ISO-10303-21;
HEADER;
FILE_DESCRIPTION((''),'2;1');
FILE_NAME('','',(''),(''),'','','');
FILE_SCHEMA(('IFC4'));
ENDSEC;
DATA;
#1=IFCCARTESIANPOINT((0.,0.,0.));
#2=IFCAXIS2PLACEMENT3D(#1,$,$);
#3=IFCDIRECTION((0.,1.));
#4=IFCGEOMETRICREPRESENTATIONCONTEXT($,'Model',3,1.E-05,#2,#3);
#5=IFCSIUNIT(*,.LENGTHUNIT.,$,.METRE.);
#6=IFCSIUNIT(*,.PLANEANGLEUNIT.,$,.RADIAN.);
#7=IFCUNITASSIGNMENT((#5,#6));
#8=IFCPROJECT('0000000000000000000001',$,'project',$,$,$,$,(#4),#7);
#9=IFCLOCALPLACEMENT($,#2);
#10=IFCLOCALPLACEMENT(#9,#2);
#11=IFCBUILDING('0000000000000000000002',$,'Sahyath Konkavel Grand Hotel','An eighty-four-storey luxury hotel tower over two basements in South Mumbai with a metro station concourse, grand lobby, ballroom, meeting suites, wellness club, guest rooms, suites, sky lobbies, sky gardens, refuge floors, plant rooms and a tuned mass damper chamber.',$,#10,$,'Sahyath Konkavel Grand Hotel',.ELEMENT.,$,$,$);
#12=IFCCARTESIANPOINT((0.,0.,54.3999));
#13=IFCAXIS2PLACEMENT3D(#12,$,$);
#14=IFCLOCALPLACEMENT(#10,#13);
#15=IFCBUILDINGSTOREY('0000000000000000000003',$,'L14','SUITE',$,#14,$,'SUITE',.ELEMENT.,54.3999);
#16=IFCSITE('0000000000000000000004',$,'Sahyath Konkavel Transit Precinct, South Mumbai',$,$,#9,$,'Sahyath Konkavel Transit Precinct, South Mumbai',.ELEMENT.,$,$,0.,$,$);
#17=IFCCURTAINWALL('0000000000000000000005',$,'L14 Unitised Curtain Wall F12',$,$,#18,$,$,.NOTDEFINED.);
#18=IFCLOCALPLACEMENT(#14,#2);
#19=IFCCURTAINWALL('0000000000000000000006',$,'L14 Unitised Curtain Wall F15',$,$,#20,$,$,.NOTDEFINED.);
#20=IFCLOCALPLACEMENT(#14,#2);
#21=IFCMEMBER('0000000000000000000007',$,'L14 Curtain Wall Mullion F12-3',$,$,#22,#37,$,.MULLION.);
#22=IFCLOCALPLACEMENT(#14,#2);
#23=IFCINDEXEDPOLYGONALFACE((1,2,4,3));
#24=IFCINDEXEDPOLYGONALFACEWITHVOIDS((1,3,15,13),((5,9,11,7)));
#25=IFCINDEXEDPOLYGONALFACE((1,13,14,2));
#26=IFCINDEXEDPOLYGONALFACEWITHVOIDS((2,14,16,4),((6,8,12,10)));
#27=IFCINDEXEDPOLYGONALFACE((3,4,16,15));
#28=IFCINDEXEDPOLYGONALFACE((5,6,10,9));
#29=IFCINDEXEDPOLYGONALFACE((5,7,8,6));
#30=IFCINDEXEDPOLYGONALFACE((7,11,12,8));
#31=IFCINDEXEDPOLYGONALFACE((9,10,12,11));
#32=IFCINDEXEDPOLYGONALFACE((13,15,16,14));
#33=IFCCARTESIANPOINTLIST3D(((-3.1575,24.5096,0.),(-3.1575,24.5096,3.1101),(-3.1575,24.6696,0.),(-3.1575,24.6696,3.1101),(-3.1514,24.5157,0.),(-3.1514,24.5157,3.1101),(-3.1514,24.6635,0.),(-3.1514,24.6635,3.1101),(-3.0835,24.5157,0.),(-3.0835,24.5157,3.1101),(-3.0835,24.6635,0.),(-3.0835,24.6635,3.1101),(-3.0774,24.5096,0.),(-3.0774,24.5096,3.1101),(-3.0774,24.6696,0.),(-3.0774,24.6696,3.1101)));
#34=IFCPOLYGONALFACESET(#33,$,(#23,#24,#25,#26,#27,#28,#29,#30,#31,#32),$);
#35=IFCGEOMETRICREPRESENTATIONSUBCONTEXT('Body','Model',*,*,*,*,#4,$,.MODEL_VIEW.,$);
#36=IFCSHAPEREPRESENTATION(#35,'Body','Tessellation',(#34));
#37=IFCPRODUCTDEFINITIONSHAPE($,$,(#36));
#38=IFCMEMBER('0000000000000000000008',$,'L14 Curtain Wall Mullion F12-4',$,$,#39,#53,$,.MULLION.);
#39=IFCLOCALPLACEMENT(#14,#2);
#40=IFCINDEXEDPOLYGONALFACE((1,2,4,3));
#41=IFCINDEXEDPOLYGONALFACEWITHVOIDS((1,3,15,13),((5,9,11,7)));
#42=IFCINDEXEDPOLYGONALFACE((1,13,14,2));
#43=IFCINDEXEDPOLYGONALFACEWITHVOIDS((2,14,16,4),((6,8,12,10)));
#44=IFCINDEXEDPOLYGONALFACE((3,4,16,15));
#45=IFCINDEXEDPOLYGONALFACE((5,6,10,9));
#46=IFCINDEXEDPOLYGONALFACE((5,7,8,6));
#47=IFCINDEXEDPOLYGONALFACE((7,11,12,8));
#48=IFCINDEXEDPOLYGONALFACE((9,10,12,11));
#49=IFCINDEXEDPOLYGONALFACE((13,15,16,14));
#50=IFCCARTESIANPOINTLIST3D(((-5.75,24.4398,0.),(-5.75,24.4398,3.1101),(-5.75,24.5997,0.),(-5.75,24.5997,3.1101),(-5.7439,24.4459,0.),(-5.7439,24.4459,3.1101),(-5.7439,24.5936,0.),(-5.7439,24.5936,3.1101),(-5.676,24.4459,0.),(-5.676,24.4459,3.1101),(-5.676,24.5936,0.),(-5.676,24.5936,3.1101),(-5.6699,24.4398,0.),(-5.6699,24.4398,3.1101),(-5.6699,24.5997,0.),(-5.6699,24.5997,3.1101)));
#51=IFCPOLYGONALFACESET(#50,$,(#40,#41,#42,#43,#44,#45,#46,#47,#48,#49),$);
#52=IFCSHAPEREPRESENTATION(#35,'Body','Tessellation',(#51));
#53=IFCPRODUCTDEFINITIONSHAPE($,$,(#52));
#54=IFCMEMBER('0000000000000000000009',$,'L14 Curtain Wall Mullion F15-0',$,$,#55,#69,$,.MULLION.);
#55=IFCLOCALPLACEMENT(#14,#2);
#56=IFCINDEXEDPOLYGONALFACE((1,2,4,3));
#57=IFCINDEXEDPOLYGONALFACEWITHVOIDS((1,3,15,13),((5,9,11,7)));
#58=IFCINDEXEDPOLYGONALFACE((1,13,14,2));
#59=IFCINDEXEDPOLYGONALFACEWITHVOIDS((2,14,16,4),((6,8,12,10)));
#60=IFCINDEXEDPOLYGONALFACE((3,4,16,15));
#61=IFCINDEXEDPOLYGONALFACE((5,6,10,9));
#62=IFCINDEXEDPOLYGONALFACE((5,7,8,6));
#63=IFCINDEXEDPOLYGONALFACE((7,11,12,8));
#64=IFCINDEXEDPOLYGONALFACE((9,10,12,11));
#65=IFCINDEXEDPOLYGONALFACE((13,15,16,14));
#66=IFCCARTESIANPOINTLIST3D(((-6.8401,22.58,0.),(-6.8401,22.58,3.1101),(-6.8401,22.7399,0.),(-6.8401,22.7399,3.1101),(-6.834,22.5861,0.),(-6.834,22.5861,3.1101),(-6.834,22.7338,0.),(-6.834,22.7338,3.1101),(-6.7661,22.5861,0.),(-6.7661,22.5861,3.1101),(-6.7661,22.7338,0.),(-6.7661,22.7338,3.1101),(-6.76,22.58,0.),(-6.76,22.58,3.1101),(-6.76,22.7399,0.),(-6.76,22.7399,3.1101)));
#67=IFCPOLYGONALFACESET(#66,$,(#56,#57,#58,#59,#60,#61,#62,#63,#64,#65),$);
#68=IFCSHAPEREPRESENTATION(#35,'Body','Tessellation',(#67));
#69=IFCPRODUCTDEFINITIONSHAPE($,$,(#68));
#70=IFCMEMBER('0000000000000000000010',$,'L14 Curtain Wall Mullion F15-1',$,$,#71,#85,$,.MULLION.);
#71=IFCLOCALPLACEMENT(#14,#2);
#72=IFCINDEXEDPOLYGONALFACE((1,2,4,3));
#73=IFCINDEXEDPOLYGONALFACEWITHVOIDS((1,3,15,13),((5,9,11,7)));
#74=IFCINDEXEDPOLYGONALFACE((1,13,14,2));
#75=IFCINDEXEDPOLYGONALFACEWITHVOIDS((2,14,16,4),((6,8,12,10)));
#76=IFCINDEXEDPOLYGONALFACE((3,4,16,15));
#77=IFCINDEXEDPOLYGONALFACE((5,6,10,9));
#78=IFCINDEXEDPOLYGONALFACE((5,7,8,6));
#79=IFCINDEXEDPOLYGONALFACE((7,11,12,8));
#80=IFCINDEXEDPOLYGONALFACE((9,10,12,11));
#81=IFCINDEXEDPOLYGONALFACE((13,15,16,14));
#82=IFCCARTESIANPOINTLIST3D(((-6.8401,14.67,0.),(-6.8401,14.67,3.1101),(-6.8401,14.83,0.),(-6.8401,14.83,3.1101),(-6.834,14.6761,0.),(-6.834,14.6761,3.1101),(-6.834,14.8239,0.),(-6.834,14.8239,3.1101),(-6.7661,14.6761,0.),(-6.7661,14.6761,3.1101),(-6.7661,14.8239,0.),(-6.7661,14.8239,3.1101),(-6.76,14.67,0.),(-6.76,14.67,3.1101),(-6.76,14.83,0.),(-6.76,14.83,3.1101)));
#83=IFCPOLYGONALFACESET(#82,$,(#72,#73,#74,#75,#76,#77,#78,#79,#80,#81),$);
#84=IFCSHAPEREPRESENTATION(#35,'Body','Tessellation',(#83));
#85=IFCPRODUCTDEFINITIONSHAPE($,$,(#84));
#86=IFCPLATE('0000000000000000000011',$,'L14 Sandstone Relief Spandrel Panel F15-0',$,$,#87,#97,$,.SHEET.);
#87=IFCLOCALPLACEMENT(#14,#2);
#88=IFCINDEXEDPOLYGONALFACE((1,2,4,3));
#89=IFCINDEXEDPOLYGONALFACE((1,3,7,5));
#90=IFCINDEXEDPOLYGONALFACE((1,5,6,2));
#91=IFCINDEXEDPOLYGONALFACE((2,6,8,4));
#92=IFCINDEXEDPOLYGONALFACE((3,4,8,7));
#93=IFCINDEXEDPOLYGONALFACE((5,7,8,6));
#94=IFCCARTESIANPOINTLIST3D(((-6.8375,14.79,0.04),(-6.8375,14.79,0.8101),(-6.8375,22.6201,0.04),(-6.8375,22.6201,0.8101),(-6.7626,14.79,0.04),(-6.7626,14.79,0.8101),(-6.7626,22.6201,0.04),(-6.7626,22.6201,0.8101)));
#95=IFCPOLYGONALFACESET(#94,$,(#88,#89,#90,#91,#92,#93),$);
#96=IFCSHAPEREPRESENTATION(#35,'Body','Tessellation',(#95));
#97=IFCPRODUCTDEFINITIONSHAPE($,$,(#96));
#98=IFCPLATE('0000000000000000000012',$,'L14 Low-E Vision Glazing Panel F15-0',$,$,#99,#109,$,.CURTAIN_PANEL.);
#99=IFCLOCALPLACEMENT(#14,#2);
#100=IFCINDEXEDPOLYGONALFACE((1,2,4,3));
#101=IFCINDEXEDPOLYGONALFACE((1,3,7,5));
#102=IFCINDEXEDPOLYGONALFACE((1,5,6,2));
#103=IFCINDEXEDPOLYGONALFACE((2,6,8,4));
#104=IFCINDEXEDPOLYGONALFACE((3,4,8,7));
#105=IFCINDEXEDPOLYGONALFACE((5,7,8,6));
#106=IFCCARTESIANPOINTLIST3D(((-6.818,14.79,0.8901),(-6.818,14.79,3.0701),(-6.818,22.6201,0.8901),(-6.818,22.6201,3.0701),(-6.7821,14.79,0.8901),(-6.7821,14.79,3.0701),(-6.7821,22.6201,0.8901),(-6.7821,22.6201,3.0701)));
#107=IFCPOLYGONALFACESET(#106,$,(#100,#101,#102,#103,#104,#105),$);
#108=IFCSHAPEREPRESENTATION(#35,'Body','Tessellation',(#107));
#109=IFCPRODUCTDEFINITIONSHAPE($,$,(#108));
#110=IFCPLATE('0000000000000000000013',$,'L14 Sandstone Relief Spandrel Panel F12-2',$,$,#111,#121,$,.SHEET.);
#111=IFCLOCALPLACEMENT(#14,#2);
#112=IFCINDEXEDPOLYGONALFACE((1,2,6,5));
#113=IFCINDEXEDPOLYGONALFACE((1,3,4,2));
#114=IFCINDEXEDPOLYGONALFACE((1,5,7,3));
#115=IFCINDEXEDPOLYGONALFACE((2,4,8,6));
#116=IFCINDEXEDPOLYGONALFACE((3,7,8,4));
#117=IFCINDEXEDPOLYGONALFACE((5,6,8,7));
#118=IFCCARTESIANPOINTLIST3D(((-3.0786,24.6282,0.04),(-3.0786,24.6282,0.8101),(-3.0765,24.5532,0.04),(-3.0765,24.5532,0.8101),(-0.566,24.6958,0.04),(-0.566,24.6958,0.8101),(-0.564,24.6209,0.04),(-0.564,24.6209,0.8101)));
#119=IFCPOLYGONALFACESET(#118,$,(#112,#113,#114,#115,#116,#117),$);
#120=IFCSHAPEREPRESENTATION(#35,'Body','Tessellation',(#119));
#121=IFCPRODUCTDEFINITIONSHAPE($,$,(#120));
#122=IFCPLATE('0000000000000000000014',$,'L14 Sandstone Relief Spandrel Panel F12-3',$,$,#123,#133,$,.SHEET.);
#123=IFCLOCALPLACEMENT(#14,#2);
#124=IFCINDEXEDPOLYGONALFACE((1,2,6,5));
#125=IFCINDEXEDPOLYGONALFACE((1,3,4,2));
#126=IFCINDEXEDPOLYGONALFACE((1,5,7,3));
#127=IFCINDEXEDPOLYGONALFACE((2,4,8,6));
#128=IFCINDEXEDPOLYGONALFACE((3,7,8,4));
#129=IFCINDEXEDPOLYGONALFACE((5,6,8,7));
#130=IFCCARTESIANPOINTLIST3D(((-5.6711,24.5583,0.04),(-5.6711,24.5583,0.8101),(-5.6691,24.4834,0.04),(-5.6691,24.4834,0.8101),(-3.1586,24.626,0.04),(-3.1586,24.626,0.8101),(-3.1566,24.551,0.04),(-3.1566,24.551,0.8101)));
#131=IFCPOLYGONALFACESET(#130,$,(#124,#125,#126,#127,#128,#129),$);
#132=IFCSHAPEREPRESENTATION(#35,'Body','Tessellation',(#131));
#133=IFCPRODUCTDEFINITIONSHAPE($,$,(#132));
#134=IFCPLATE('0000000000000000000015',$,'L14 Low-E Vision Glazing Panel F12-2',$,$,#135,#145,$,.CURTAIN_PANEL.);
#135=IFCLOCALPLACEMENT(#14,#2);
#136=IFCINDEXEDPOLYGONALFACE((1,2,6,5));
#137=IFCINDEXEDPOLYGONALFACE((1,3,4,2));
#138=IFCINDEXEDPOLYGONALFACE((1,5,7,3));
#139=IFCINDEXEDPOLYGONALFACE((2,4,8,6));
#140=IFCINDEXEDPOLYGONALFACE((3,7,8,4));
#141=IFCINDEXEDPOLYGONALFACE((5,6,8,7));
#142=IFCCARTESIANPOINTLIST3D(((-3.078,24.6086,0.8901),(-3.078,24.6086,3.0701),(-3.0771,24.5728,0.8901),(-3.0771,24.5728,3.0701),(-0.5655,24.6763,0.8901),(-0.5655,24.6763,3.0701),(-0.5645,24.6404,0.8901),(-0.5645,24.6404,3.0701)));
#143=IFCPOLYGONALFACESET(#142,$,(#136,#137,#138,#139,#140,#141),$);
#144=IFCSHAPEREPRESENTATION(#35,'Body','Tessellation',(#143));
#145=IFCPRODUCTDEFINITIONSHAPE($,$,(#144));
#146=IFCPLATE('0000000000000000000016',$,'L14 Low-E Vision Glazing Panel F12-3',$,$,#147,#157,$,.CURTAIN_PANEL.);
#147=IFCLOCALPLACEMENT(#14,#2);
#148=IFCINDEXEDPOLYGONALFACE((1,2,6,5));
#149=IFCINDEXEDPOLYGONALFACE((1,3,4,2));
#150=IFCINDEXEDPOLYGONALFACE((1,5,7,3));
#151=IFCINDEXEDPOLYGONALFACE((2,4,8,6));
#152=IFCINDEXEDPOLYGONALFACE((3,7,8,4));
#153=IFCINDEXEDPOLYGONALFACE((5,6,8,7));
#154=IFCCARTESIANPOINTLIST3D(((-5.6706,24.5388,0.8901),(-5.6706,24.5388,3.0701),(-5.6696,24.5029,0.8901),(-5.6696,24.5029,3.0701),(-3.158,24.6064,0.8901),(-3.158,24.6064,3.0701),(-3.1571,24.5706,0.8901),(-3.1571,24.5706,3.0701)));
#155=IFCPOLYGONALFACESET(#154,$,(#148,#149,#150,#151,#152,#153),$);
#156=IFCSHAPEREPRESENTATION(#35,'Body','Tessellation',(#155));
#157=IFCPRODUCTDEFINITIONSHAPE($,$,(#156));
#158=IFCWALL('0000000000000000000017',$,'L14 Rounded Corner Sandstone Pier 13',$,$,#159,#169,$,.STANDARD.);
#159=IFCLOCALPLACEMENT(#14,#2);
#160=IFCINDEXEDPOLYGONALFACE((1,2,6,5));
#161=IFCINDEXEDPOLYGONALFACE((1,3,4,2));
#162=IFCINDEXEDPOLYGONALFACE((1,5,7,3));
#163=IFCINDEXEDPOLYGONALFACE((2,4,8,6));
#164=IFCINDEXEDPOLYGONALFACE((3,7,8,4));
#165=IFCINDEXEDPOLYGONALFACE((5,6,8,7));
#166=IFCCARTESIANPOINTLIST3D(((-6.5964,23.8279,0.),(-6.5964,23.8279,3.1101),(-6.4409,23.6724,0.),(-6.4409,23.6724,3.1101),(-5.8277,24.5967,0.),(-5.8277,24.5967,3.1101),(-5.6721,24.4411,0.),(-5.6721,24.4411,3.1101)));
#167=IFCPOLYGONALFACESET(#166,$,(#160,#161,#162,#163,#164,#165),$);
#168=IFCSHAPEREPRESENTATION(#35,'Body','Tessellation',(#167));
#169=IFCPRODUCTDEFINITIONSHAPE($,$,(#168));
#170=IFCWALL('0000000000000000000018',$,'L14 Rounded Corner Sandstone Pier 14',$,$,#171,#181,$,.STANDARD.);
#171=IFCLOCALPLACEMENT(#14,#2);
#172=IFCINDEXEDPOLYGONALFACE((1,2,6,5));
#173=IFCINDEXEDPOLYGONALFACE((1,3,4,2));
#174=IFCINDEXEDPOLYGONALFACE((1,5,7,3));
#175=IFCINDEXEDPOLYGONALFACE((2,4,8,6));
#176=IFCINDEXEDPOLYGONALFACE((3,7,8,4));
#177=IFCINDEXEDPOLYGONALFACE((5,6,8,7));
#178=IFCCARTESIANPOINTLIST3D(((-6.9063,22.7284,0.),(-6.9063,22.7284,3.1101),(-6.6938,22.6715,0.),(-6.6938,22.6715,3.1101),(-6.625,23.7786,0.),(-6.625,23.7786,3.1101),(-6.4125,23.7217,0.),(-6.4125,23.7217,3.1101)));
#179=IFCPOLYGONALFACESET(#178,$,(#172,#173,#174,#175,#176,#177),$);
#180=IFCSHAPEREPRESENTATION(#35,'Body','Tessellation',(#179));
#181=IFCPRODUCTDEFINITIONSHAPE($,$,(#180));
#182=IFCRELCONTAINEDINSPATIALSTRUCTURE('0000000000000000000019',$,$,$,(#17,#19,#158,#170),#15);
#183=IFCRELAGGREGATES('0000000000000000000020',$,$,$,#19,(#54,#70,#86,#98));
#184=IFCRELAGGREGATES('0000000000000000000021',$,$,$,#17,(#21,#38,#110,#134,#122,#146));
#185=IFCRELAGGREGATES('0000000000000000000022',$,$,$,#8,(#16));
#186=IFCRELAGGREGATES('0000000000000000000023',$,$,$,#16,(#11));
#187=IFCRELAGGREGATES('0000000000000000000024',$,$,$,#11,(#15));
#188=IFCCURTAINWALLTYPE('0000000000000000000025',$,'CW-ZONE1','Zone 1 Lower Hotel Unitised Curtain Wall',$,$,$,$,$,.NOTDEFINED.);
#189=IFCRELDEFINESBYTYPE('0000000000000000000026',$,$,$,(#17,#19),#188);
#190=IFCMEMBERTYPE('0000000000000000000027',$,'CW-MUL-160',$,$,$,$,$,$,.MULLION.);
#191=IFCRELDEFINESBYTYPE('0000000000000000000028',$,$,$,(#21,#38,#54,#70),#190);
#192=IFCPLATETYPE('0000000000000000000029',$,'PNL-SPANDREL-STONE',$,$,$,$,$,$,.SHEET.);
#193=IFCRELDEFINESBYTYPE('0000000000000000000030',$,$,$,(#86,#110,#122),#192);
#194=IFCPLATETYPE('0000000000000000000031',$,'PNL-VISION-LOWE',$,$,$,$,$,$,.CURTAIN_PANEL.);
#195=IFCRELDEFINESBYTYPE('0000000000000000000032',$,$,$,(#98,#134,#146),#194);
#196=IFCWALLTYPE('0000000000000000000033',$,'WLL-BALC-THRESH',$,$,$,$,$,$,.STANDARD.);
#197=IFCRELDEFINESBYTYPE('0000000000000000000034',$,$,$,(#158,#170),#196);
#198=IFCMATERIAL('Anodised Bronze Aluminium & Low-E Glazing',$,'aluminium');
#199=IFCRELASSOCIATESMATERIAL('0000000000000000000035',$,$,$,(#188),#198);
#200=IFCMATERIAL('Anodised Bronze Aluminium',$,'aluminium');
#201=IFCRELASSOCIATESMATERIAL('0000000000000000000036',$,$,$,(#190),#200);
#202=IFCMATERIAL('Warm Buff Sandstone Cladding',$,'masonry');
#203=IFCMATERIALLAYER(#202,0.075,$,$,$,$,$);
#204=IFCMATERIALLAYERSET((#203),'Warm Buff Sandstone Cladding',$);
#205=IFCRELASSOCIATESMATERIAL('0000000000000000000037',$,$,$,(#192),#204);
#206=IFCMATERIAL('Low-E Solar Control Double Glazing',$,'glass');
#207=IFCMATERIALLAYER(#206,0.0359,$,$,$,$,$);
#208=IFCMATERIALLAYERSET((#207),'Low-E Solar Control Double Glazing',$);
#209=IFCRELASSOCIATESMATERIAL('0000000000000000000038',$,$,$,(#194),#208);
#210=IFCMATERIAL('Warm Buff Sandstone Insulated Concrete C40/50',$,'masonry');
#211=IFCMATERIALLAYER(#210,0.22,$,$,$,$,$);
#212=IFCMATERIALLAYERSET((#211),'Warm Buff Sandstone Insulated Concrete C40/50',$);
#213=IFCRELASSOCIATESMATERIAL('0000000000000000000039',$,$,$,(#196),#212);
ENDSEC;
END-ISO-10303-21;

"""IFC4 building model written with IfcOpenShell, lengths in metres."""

from ifc_helpers import new_model, si_unit, direction, frame, frame_2d, origin, origin_2d, place, context, subcontext, project, spatial, rectangle, hollow_rectangle, extrude, source, transform, mapped, material, layer, layer_set, material_profile, profile_set, type_object, element, aggregate, save


model = new_model("IFC4")

# Units and contexts
model_context = context("Model", 3, precision=1e-05, world=origin(), true_north=direction((0.0, 1.0)))
body_context = subcontext(model_context, "Body", "Model", "MODEL_VIEW")
ifc_project = project(units=[si_unit("LENGTHUNIT", "METRE"), si_unit("PLANEANGLEUNIT", "RADIAN")], contexts=[model_context])

# Site, building, storey
site_placement = place(None, origin())
site = spatial("IfcSite", under=ifc_project, at=site_placement, Name="Sahyath Konkavel Transit Precinct, South Mumbai", LongName="Sahyath Konkavel Transit Precinct, South Mumbai", CompositionType="ELEMENT", RefElevation=0.0)
building_placement = place(site_placement, origin())
building = spatial("IfcBuilding", under=site, at=building_placement, Name="Sahyath Konkavel Grand Hotel", Description="An eighty-four-storey luxury hotel tower over two basements in South Mumbai with a metro station concourse, grand lobby, ballroom, meeting suites, wellness club, guest rooms, suites, sky lobbies, sky gardens, refuge floors, plant rooms and a tuned mass damper chamber.", LongName="Sahyath Konkavel Grand Hotel", CompositionType="ELEMENT")
storey_placement = place(building_placement, frame((0.0, 0.0, 54.3999)))
storey = spatial("IfcBuildingStorey", under=building, at=storey_placement, Name="L14", Description="SUITE", LongName="SUITE", CompositionType="ELEMENT", Elevation=54.3999)

# Curtain wall
ifc_material_1 = material(Name="Anodised Bronze Aluminium & Low-E Glazing", Category="aluminium")
curtain_wall_type = type_object("IfcCurtainWallType", Name="CW-ZONE1", Description="Zone 1 Lower Hotel Unitised Curtain Wall", PredefinedType="NOTDEFINED", material=ifc_material_1)
curtain_wall_1_placement = place(storey_placement, origin())
curtain_wall_1 = element("IfcCurtainWall", 1, at=curtain_wall_1_placement, inside=storey, type_object=curtain_wall_type, Name="L14 Unitised Curtain Wall F12", PredefinedType="NOTDEFINED")

# Curtain wall
curtain_wall_2_placement = place(storey_placement, origin())
curtain_wall_2 = element("IfcCurtainWall", 2, at=curtain_wall_2_placement, inside=storey, type_object=curtain_wall_type, Name="L14 Unitised Curtain Wall F15", PredefinedType="NOTDEFINED")
ifc_material_2 = material(Name="Anodised Bronze Aluminium", Category="aluminium")

# Members
ifc_material_profile_1 = material_profile(ifc_material_2, hollow_rectangle(XDim=0.0801, YDim=0.1599, WallThickness=0.0061, at=origin_2d()), Name="RHS 160x80x6")
ifc_profile_set_1 = profile_set([ifc_material_profile_1], Name="Anodised Bronze Aluminium")
member_type_1 = type_object("IfcMemberType", Name="CW-MUL-160", PredefinedType="MULLION", material=ifc_profile_set_1)
shared_shape_1 = source(origin(), body_context, "Body", "SweptSolid", [
    extrude(hollow_rectangle(XDim=0.0801, YDim=0.1599, WallThickness=0.0061, at=origin_2d()), origin(), (0.0, 0.0, 1.0), 3.1101),
])
member_1_placement = place(storey_placement, frame((-3.1174, 24.5896, 0.0), z_axis=(0.0, 0.0, 1.0), x_axis=(1.0, 0.0, 0.0)))
member_1 = element("IfcMember", 3, at=member_1_placement, type_object=member_type_1, Name="L14 Curtain Wall Mullion F12-3", PredefinedType="MULLION", context=body_context, shape_type="MappedRepresentation", body=[
    mapped(shared_shape_1, transform((0.0, 0.0, 0.0), scale=1.0)),
])
member_2_placement = place(storey_placement, frame((-5.71, 24.5198, 0.0), z_axis=(0.0, 0.0, 1.0), x_axis=(1.0, 0.0, 0.0)))
member_2 = element("IfcMember", 4, at=member_2_placement, type_object=member_type_1, Name="L14 Curtain Wall Mullion F12-4", PredefinedType="MULLION", context=body_context, shape_type="MappedRepresentation", body=[
    mapped(shared_shape_1, transform((0.0, 0.0, 0.0), scale=1.0)),
])
member_3_placement = place(storey_placement, frame((-6.8, 22.6599, 0.0), z_axis=(0.0, 0.0, 1.0), x_axis=(1.0, 0.0, 0.0)))
member_3 = element("IfcMember", 5, at=member_3_placement, type_object=member_type_1, Name="L14 Curtain Wall Mullion F15-0", PredefinedType="MULLION", context=body_context, shape_type="MappedRepresentation", body=[
    mapped(shared_shape_1, transform((0.0, 0.0, 0.0), scale=1.0)),
])
member_4_placement = place(storey_placement, frame((-6.8, 14.75, 0.0), z_axis=(0.0, 0.0, 1.0), x_axis=(1.0, 0.0, 0.0)))
member_4 = element("IfcMember", 6, at=member_4_placement, type_object=member_type_1, Name="L14 Curtain Wall Mullion F15-1", PredefinedType="MULLION", context=body_context, shape_type="MappedRepresentation", body=[
    mapped(shared_shape_1, transform((0.0, 0.0, 0.0), scale=1.0)),
])

# Plates
ifc_material_3 = material(Name="Warm Buff Sandstone Cladding", Category="masonry")
ifc_layer_1 = layer(ifc_material_3, 0.075)
ifc_layer_set_1 = layer_set([ifc_layer_1], Name="Warm Buff Sandstone Cladding")
plate_type_1 = type_object("IfcPlateType", Name="PNL-SPANDREL-STONE", PredefinedType="SHEET", material=ifc_layer_set_1)
shared_shape_2 = source(origin(), body_context, "Body", "SweptSolid", [
    extrude(rectangle(XDim=7.8301, YDim=0.075, at=origin_2d()), origin(), (0.0, 0.0, 1.0), 0.77),
])
plate_1_placement = place(storey_placement, frame((-6.8, 18.7051, 0.04), z_axis=(0.0, 0.0, 1.0), x_axis=(0.0, -1.0, 0.0)))
plate_1 = element("IfcPlate", 7, at=plate_1_placement, type_object=plate_type_1, Name="L14 Sandstone Relief Spandrel Panel F15-0", PredefinedType="SHEET", context=body_context, shape_type="MappedRepresentation", body=[
    mapped(shared_shape_2, transform((0.0, 0.0, 0.0), scale=1.0)),
])
ifc_material_4 = material(Name="Low-E Solar Control Double Glazing", Category="glass")
ifc_layer_2 = layer(ifc_material_4, 0.0359)
ifc_layer_set_2 = layer_set([ifc_layer_2], Name="Low-E Solar Control Double Glazing")
plate_type_2 = type_object("IfcPlateType", Name="PNL-VISION-LOWE", PredefinedType="CURTAIN_PANEL", material=ifc_layer_set_2)
shared_shape_3 = source(origin(), body_context, "Body", "SweptSolid", [
    extrude(rectangle(XDim=7.8301, YDim=0.0359, at=origin_2d()), origin(), (0.0, 0.0, 1.0), 2.1799),
])
plate_2_placement = place(storey_placement, frame((-6.8, 18.7051, 0.8901), z_axis=(0.0, 0.0, 1.0), x_axis=(0.0, -1.0, 0.0)))
plate_2 = element("IfcPlate", 8, at=plate_2_placement, type_object=plate_type_2, Name="L14 Low-E Vision Glazing Panel F15-0", PredefinedType="CURTAIN_PANEL", context=body_context, shape_type="MappedRepresentation", body=[
    mapped(shared_shape_3, transform((0.0, 0.0, 0.0), scale=1.0)),
])
aggregate(curtain_wall_2, [member_3, member_4, plate_1, plate_2])
shared_shape_4 = source(origin(), body_context, "Body", "SweptSolid", [
    extrude(rectangle(XDim=2.5134, YDim=0.075, at=origin_2d()), origin(), (0.0, 0.0, 1.0), 0.77),
])
plate_3_placement = place(storey_placement, frame((-1.8213, 24.6245, 0.04), z_axis=(0.0, 0.0, 1.0), x_axis=(-0.999638, -0.02691, 0.0)))
plate_3 = element("IfcPlate", 9, at=plate_3_placement, type_object=plate_type_1, Name="L14 Sandstone Relief Spandrel Panel F12-2", PredefinedType="SHEET", context=body_context, shape_type="MappedRepresentation", body=[
    mapped(shared_shape_4, transform((0.0, 0.0, 0.0), scale=1.0)),
])
plate_4_placement = place(storey_placement, frame((-4.4138, 24.5547, 0.04), z_axis=(0.0, 0.0, 1.0), x_axis=(-0.999638, -0.02691, 0.0)))
plate_4 = element("IfcPlate", 10, at=plate_4_placement, type_object=plate_type_1, Name="L14 Sandstone Relief Spandrel Panel F12-3", PredefinedType="SHEET", context=body_context, shape_type="MappedRepresentation", body=[
    mapped(shared_shape_4, transform((0.0, 0.0, 0.0), scale=1.0)),
])
shared_shape_5 = source(origin(), body_context, "Body", "SweptSolid", [
    extrude(rectangle(XDim=2.5134, YDim=0.0359, at=origin_2d()), origin(), (0.0, 0.0, 1.0), 2.1799),
])
plate_5_placement = place(storey_placement, frame((-1.8213, 24.6245, 0.8901), z_axis=(0.0, 0.0, 1.0), x_axis=(-0.999638, -0.02691, 0.0)))
plate_5 = element("IfcPlate", 11, at=plate_5_placement, type_object=plate_type_2, Name="L14 Low-E Vision Glazing Panel F12-2", PredefinedType="CURTAIN_PANEL", context=body_context, shape_type="MappedRepresentation", body=[
    mapped(shared_shape_5, transform((0.0, 0.0, 0.0), scale=1.0)),
])
plate_6_placement = place(storey_placement, frame((-4.4138, 24.5547, 0.8901), z_axis=(0.0, 0.0, 1.0), x_axis=(-0.999638, -0.02691, 0.0)))
plate_6 = element("IfcPlate", 12, at=plate_6_placement, type_object=plate_type_2, Name="L14 Low-E Vision Glazing Panel F12-3", PredefinedType="CURTAIN_PANEL", context=body_context, shape_type="MappedRepresentation", body=[
    mapped(shared_shape_5, transform((0.0, 0.0, 0.0), scale=1.0)),
])
aggregate(curtain_wall_1, [member_1, member_2, plate_3, plate_5, plate_4, plate_6])

# Walls
ifc_material_5 = material(Name="Warm Buff Sandstone Insulated Concrete C40/50", Category="masonry")
ifc_layer_3 = layer(ifc_material_5, 0.22)
ifc_layer_set_3 = layer_set([ifc_layer_3], Name="Warm Buff Sandstone Insulated Concrete C40/50")
wall_type_1 = type_object("IfcWallType", Name="WLL-BALC-THRESH", PredefinedType="STANDARD", material=ifc_layer_set_3)
for number, where, z_axis, x_axis, name in (
    (13, (-5.75, 24.5188, 0.0), (0.0, 0.0, 1.0), (-0.707107, -0.707107, 0.0), "L14 Rounded Corner Sandstone Pier 13"),
    (14, (-6.5188, 23.75, 0.0), (0.0, 0.0, 1.0), (-0.258725, -0.965951, 0.0), "L14 Rounded Corner Sandstone Pier 14"),
):
    element("IfcWall", number, at=place(storey_placement, frame(where, z_axis=z_axis, x_axis=x_axis)), inside=storey, type_object=wall_type_1, Name=name, PredefinedType="STANDARD", context=body_context, shape_type="SweptSolid", body=[
        extrude(rectangle(XDim=1.0872, YDim=0.22, at=frame_2d((0.5435, 0.0))), origin(), (0.0, 0.0, 1.0), 3.1101),
    ])

save(model, "model.ifc")
